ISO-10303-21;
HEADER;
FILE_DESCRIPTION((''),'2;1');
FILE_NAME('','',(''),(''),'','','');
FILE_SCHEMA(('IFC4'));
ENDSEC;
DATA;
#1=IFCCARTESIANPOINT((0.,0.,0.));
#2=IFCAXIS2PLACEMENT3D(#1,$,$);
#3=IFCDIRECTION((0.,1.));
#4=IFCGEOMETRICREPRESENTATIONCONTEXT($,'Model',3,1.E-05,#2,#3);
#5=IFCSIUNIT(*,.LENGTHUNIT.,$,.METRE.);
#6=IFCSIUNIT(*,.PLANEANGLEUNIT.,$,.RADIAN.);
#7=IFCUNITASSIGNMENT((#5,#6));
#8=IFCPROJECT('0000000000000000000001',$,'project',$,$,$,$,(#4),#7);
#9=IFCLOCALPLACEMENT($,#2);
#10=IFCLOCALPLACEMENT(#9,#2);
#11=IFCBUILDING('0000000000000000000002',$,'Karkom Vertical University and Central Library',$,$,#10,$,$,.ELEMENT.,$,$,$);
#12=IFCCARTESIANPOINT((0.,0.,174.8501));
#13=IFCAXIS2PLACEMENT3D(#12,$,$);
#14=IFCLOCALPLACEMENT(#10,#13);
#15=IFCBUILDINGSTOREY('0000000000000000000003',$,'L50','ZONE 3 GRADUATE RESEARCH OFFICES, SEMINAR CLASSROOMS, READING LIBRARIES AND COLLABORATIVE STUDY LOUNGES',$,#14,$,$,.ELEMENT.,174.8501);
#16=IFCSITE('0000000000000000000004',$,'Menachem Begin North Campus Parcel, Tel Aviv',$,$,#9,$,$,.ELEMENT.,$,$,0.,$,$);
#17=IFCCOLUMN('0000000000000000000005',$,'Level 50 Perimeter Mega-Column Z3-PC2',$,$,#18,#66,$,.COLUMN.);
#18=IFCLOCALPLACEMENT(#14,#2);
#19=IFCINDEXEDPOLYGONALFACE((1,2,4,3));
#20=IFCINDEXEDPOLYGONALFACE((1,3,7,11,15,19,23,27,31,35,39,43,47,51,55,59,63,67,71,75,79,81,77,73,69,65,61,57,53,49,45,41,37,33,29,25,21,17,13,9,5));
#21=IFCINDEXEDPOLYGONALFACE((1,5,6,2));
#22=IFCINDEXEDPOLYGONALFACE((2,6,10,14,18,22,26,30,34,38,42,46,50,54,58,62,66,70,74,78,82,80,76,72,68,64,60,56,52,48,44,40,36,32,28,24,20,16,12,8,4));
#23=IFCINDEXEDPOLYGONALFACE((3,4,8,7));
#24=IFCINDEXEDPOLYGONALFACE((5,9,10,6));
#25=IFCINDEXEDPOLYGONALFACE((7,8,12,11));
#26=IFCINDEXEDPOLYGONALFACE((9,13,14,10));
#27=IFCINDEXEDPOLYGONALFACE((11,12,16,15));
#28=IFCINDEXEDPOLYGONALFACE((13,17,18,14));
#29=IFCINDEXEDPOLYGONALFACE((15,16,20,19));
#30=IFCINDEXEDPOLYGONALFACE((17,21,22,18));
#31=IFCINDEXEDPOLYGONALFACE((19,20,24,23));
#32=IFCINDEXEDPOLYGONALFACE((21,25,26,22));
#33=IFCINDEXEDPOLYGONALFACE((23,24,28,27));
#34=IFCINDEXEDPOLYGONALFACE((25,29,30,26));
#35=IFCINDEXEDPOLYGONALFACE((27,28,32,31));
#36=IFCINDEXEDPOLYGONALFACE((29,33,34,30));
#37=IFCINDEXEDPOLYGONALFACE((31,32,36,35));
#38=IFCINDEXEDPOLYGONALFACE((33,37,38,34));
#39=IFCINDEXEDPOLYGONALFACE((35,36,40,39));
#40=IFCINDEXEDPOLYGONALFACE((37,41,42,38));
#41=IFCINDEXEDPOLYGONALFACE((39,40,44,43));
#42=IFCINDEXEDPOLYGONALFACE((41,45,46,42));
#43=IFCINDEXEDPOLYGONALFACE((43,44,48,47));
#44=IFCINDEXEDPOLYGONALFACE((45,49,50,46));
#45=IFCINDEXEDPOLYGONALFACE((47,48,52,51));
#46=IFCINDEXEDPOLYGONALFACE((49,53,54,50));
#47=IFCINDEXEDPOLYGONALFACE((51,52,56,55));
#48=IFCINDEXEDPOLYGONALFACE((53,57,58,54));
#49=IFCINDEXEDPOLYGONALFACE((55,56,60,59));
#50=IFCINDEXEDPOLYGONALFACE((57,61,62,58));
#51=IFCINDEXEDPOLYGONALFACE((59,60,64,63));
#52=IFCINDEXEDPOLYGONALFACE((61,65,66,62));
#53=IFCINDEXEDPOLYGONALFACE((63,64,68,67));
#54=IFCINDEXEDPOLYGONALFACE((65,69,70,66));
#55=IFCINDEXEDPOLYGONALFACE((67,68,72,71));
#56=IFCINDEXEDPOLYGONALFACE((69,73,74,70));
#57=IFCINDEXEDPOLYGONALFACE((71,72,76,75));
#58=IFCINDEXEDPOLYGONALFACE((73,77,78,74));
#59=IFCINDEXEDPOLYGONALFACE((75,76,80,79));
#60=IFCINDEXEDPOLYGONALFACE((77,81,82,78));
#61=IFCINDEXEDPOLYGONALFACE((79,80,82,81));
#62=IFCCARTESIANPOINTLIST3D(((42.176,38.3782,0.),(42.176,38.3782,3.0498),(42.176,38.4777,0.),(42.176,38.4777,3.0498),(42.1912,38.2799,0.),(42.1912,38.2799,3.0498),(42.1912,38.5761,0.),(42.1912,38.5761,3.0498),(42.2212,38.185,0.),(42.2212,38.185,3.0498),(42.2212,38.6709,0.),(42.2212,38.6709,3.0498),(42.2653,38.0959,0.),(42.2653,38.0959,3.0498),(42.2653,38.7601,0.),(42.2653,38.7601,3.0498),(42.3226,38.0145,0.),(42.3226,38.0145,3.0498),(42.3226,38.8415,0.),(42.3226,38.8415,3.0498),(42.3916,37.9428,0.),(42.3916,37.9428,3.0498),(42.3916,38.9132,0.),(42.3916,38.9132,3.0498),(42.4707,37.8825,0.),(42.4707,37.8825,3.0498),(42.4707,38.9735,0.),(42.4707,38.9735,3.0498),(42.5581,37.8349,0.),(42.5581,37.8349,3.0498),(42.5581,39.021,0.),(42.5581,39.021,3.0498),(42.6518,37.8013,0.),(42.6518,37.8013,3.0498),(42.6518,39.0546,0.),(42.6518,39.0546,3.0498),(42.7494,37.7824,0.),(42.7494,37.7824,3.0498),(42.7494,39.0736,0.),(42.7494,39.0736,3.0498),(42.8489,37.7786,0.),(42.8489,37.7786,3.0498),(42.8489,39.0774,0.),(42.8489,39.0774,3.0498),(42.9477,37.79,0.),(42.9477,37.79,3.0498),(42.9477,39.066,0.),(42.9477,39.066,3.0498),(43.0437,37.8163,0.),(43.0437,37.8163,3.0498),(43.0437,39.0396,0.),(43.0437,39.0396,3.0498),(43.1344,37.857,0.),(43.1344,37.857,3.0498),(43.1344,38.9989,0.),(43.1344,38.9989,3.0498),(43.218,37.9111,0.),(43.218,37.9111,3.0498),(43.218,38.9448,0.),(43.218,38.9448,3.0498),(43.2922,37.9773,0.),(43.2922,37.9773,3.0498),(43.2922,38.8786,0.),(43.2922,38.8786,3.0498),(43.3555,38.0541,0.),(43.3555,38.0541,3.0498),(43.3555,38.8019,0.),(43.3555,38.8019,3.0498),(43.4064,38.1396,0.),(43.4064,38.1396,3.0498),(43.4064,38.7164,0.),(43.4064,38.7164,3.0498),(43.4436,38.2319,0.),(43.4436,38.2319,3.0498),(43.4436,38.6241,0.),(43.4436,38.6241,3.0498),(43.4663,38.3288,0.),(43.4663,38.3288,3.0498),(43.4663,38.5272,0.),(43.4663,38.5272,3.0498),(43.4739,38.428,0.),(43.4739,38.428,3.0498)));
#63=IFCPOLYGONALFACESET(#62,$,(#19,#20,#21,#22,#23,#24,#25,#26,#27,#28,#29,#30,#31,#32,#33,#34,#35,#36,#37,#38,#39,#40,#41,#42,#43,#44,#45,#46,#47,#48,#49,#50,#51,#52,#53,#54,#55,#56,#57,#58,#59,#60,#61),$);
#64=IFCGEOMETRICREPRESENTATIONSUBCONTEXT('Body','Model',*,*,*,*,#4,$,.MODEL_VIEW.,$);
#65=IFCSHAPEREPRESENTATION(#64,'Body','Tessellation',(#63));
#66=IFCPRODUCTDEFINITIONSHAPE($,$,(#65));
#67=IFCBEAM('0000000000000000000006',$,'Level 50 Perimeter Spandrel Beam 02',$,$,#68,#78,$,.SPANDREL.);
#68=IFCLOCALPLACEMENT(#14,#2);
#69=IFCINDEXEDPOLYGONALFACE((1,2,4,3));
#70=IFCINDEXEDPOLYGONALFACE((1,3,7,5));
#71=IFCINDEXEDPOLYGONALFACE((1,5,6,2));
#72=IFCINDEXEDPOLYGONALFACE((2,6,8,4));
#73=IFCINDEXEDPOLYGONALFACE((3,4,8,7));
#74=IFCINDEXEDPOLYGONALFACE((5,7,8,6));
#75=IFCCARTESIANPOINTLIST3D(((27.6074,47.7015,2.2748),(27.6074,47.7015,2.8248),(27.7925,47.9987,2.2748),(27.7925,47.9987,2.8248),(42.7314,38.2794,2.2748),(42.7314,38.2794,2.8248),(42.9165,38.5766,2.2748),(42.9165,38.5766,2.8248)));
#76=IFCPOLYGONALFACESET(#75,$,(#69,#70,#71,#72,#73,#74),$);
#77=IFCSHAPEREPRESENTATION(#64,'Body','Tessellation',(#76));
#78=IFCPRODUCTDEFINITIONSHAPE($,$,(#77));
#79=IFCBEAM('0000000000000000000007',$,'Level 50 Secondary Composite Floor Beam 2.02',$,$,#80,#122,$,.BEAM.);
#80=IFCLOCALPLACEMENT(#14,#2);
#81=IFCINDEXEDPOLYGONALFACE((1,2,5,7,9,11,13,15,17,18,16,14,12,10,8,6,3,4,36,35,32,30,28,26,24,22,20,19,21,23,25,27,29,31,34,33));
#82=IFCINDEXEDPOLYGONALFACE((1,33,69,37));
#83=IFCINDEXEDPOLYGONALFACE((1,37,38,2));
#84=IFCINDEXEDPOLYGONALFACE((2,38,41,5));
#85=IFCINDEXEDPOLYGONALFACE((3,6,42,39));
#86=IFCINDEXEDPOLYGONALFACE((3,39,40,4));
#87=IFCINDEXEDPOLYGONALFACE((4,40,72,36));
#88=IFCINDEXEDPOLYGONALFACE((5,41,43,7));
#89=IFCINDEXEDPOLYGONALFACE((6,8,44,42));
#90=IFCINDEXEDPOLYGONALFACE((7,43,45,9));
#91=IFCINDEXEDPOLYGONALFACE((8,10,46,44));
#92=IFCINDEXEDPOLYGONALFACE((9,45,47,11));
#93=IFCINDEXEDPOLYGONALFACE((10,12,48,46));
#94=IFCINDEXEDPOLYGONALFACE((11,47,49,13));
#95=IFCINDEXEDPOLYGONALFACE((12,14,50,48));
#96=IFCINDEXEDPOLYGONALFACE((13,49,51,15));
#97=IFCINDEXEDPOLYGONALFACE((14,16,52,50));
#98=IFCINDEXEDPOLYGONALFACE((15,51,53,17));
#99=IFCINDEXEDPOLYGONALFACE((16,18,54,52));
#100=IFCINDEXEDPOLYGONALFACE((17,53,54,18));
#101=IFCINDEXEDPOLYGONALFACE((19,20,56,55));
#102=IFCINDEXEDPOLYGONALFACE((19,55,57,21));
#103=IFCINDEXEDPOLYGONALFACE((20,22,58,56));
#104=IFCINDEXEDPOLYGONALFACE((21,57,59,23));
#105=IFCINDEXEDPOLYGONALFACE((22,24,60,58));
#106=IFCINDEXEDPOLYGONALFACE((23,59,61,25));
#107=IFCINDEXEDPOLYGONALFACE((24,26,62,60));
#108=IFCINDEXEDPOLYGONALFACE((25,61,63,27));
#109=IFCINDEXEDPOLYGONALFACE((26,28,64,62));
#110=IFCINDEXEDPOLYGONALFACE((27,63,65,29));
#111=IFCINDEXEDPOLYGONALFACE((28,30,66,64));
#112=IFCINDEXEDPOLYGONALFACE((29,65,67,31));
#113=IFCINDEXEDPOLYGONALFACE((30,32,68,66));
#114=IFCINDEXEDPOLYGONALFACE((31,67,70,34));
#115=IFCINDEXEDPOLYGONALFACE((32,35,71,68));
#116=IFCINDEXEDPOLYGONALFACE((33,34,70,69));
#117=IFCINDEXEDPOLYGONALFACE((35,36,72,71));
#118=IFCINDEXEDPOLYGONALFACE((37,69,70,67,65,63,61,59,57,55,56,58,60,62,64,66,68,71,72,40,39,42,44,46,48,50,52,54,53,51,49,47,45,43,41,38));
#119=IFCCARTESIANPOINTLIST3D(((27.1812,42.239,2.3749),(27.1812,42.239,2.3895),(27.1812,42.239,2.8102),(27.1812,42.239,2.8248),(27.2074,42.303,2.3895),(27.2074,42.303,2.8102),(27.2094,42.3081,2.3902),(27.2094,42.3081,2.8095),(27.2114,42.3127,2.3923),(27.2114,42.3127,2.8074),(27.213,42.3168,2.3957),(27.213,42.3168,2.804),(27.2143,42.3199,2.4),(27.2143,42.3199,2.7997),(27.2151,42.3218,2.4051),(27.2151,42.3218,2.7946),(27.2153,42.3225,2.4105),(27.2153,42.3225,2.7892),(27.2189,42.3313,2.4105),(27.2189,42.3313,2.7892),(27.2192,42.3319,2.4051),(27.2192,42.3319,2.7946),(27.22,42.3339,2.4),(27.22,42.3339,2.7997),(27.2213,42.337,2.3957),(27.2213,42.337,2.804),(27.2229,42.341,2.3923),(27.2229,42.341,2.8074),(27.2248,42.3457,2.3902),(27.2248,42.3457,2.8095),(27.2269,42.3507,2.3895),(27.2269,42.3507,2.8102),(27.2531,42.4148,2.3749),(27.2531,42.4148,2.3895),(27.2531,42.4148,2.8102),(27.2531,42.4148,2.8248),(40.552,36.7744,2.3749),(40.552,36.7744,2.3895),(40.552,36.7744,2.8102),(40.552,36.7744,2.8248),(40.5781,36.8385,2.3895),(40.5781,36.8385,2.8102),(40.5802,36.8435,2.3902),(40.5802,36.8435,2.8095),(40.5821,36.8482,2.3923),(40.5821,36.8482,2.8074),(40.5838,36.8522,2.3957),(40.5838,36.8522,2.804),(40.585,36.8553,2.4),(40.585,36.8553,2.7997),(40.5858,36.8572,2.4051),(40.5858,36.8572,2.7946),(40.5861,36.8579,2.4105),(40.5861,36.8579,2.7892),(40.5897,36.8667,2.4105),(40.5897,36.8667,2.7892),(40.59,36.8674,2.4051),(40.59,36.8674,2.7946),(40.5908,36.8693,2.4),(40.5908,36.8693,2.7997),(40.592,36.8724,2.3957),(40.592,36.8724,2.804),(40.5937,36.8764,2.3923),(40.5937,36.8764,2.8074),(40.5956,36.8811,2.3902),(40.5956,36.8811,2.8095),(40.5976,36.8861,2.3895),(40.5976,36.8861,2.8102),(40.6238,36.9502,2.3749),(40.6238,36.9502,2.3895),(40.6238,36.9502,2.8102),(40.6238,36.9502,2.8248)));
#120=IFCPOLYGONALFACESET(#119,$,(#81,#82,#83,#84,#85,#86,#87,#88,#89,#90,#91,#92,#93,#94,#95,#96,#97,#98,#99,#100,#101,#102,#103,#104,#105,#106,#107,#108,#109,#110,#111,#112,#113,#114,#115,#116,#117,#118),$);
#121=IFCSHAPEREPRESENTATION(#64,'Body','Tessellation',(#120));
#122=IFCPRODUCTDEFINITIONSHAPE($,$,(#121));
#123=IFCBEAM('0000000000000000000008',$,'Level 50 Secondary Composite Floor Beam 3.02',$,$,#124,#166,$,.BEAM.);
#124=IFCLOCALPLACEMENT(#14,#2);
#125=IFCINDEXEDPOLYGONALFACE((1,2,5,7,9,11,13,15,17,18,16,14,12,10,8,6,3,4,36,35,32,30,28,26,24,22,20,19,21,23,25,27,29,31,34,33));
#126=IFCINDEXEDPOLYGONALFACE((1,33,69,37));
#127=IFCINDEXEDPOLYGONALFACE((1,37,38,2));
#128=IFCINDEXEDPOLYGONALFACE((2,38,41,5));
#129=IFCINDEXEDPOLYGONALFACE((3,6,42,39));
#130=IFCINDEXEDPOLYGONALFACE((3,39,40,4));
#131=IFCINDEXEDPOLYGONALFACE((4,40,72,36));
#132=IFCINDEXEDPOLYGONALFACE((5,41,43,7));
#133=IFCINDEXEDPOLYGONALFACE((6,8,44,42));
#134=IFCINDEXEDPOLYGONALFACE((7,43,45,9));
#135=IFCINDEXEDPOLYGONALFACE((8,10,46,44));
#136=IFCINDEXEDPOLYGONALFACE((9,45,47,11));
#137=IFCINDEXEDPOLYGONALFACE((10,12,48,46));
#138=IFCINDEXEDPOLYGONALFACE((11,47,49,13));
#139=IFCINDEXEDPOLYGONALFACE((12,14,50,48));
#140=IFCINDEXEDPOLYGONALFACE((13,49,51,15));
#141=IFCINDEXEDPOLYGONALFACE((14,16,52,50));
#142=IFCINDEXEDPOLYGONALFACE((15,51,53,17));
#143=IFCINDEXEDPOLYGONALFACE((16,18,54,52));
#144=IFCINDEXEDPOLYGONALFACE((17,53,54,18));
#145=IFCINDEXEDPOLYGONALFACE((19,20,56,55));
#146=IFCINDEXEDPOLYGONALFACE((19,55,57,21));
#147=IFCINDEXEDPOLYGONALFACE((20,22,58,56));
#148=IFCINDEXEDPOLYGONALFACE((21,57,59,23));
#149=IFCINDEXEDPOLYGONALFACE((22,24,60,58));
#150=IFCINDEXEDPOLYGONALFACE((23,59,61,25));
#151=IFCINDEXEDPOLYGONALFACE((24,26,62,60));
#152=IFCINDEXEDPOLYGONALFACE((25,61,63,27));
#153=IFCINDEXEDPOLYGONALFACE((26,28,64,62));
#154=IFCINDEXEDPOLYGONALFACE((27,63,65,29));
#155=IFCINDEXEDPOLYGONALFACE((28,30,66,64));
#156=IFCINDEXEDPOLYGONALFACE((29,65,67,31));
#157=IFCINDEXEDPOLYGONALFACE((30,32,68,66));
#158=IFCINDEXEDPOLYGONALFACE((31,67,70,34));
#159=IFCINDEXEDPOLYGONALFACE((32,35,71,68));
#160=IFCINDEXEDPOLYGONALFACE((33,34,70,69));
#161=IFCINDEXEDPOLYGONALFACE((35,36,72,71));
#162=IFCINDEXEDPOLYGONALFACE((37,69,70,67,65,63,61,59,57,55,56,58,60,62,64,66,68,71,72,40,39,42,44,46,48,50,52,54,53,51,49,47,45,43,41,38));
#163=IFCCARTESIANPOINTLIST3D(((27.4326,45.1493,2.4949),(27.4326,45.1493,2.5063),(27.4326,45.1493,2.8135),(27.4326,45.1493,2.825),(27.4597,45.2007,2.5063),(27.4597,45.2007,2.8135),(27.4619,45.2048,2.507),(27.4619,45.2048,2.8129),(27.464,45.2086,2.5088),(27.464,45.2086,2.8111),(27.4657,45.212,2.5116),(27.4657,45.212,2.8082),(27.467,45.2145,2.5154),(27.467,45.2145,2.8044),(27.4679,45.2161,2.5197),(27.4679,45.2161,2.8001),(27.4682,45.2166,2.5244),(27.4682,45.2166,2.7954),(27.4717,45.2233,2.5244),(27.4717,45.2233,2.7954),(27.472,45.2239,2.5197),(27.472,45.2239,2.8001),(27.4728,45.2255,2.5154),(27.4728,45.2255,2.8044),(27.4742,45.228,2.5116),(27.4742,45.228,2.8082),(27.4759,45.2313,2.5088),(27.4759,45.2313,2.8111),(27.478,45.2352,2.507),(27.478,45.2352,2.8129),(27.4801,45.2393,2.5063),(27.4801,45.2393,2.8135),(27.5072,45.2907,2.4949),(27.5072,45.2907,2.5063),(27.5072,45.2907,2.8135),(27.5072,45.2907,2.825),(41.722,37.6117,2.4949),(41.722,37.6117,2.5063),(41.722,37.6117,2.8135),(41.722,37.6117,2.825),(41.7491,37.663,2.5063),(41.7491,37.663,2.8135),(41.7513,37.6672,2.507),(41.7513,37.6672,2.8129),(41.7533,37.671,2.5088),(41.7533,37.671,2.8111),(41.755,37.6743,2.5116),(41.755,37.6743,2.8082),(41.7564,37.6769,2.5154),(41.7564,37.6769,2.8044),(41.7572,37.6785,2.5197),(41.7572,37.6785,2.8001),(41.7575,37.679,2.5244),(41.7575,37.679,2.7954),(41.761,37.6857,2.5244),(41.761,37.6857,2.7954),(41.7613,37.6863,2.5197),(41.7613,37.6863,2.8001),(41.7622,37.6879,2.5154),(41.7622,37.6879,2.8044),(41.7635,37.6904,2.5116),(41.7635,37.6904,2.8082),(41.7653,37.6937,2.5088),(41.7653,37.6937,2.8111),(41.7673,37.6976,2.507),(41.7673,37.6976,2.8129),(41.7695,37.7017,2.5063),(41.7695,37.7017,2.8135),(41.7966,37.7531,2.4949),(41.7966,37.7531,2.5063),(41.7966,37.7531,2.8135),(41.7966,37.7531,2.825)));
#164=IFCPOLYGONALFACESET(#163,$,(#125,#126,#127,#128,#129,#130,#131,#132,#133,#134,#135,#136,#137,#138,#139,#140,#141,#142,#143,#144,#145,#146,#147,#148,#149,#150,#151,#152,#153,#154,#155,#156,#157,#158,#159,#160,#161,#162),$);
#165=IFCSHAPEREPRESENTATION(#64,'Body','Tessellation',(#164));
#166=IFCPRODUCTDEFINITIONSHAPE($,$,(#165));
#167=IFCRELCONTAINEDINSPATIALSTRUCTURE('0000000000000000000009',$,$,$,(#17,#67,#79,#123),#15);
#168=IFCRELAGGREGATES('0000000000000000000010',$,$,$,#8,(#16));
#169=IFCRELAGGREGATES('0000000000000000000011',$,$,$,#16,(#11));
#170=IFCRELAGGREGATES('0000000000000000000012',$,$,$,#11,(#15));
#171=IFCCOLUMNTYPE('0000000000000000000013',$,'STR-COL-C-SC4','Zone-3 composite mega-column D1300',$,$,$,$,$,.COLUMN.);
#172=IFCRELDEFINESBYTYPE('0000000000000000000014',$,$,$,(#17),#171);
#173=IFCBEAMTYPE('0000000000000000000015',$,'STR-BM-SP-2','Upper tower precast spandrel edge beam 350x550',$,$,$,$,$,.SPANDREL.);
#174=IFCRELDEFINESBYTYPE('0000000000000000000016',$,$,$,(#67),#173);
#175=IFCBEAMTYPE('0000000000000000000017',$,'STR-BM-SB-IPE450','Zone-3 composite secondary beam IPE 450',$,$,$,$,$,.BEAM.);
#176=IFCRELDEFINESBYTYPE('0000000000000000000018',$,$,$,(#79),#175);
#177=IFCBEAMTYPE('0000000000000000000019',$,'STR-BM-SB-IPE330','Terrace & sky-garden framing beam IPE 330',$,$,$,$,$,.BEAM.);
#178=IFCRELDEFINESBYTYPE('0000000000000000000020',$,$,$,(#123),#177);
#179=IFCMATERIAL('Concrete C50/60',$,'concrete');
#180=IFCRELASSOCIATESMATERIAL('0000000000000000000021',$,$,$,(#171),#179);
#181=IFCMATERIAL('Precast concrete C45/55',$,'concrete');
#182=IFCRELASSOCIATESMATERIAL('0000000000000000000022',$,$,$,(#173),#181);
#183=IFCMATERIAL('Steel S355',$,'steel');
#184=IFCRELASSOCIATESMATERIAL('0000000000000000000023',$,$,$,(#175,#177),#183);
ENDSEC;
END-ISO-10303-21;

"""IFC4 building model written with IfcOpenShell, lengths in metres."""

from ifc_helpers import new_model, si_unit, direction, frame, origin, origin_with_axes, origin_2d, place, context, subcontext, project, spatial, rectangle, circle, i_section, extrude, source, transform, mapped, material, material_profile, profile_set, type_object, element, save


model = new_model("IFC4")

# Units and contexts
model_context = context("Model", 3, precision=1e-05, world=origin(), true_north=direction((0.0, 1.0)))
body_context = subcontext(model_context, "Body", "Model", "MODEL_VIEW")
ifc_project = project(units=[si_unit("LENGTHUNIT", "METRE"), si_unit("PLANEANGLEUNIT", "RADIAN")], contexts=[model_context])

# Site, building, storey
site_placement = place(None, origin())
site = spatial("IfcSite", under=ifc_project, at=site_placement, Name="Menachem Begin North Campus Parcel, Tel Aviv", CompositionType="ELEMENT", RefElevation=0.0)
building_placement = place(site_placement, origin())
building = spatial("IfcBuilding", under=site, at=building_placement, Name="Karkom Vertical University and Central Library", CompositionType="ELEMENT")
storey_placement = place(building_placement, frame((0.0, 0.0, 174.8501)))
storey = spatial("IfcBuildingStorey", under=building, at=storey_placement, Name="L50", Description="ZONE 3 GRADUATE RESEARCH OFFICES, SEMINAR CLASSROOMS, READING LIBRARIES AND COLLABORATIVE STUDY LOUNGES", CompositionType="ELEMENT", Elevation=174.8501)

# Column
ifc_material_1 = material(Name="Concrete C50/60", Category="concrete")
ifc_material_profile_1 = material_profile(ifc_material_1, circle(Radius=0.6499, at=origin_2d()), Name="CFT-D1300")
ifc_profile_set_1 = profile_set([ifc_material_profile_1], Name="Concrete C50/60")
column_type = type_object("IfcColumnType", Name="STR-COL-C-SC4", Description="Zone-3 composite mega-column D1300", PredefinedType="COLUMN", material=ifc_profile_set_1)
shared_shape_1 = source(origin_with_axes(), body_context, "Body", "SweptSolid", [
    extrude(circle(Radius=0.6499, at=origin_2d()), origin(), (0.0, 0.0, 1.0), 3.0498),
])
column_placement = place(storey_placement, frame((42.824, 38.428, 0.0), z_axis=(0.0, 0.0, 1.0), x_axis=(1.0, 0.0, 0.0)))
element("IfcColumn", 1, at=column_placement, inside=storey, type_object=column_type, Name="Level 50 Perimeter Mega-Column Z3-PC2", PredefinedType="COLUMN", context=body_context, shape_type="MappedRepresentation", body=[
    mapped(shared_shape_1, transform((0.0, 0.0, 0.0), scale=1.0)),
])

# Beams
ifc_material_2 = material(Name="Precast concrete C45/55", Category="concrete")
ifc_material_profile_2 = material_profile(ifc_material_2, rectangle(XDim=0.3501, YDim=0.55, at=origin_2d()), Name="SPB-350x550")
ifc_profile_set_2 = profile_set([ifc_material_profile_2], Name="Precast concrete C45/55")
beam_type_1 = type_object("IfcBeamType", Name="STR-BM-SP-2", Description="Upper tower precast spandrel edge beam 350x550", PredefinedType="SPANDREL", material=ifc_profile_set_2)
shared_shape_2 = source(origin_with_axes(), body_context, "Body", "SweptSolid", [
    extrude(rectangle(XDim=0.3501, YDim=0.55, at=origin_2d()), origin(), (0.0, 0.0, 1.0), 17.8188),
])
beam_1_placement = place(storey_placement, frame((42.824, 38.428, 2.5498), z_axis=(-0.848764, 0.528772, 0.0), x_axis=(-0.528772, -0.848764, 0.0)))
element("IfcBeam", 2, at=beam_1_placement, inside=storey, type_object=beam_type_1, Name="Level 50 Perimeter Spandrel Beam 02", PredefinedType="SPANDREL", context=body_context, shape_type="MappedRepresentation", body=[
    mapped(shared_shape_2, transform((0.0, 0.0, 0.0), scale=1.0)),
])
ifc_material_3 = material(Name="Steel S355", Category="steel")
ifc_material_profile_3 = material_profile(ifc_material_3, i_section(OverallWidth=0.1899, OverallDepth=0.45, WebThickness=0.0095, FlangeThickness=0.0146, FilletRadius=0.021, at=origin_2d()), Name="IPE 450")
ifc_profile_set_3 = profile_set([ifc_material_profile_3], Name="Steel S355")
beam_type_2 = type_object("IfcBeamType", Name="STR-BM-SB-IPE450", Description="Zone-3 composite secondary beam IPE 450", PredefinedType="BEAM", material=ifc_profile_set_3)
shared_shape_3 = source(origin_with_axes(), body_context, "Body", "SweptSolid", [
    extrude(i_section(OverallWidth=0.1899, OverallDepth=0.45, WebThickness=0.0095, FlangeThickness=0.0146, FilletRadius=0.021, at=origin_2d()), origin(), (0.0, 0.0, 1.0), 14.4443),
])
beam_2_placement = place(storey_placement, frame((40.5879, 36.8623, 2.5999), z_axis=(-0.925675, 0.378319, 0.0), x_axis=(-0.378319, -0.925675, 0.0)))
element("IfcBeam", 3, at=beam_2_placement, inside=storey, type_object=beam_type_2, Name="Level 50 Secondary Composite Floor Beam 2.02", PredefinedType="BEAM", context=body_context, shape_type="MappedRepresentation", body=[
    mapped(shared_shape_3, transform((0.0, 0.0, 0.0), scale=1.0)),
])
ifc_material_profile_4 = material_profile(ifc_material_3, i_section(OverallWidth=0.1599, OverallDepth=0.3301, WebThickness=0.0076, FlangeThickness=0.0115, FilletRadius=0.0181, at=origin_2d()), Name="IPE 330")
ifc_profile_set_4 = profile_set([ifc_material_profile_4], Name="Steel S355")
beam_type_3 = type_object("IfcBeamType", Name="STR-BM-SB-IPE330", Description="Terrace & sky-garden framing beam IPE 330", PredefinedType="BEAM", material=ifc_profile_set_4)
shared_shape_4 = source(origin_with_axes(), body_context, "Body", "SweptSolid", [
    extrude(i_section(OverallWidth=0.1599, OverallDepth=0.3301, WebThickness=0.0076, FlangeThickness=0.0115, FilletRadius=0.0181, at=origin_2d()), origin(), (0.0, 0.0, 1.0), 16.1555),
])
beam_3_placement = place(storey_placement, frame((41.7593, 37.6824, 2.6599), z_axis=(-0.884486, 0.466566, 0.0), x_axis=(-0.466566, -0.884486, 0.0)))
element("IfcBeam", 4, at=beam_3_placement, inside=storey, type_object=beam_type_3, Name="Level 50 Secondary Composite Floor Beam 3.02", PredefinedType="BEAM", context=body_context, shape_type="MappedRepresentation", body=[
    mapped(shared_shape_4, transform((0.0, 0.0, 0.0), scale=1.0)),
])

save(model, "model.ifc")
